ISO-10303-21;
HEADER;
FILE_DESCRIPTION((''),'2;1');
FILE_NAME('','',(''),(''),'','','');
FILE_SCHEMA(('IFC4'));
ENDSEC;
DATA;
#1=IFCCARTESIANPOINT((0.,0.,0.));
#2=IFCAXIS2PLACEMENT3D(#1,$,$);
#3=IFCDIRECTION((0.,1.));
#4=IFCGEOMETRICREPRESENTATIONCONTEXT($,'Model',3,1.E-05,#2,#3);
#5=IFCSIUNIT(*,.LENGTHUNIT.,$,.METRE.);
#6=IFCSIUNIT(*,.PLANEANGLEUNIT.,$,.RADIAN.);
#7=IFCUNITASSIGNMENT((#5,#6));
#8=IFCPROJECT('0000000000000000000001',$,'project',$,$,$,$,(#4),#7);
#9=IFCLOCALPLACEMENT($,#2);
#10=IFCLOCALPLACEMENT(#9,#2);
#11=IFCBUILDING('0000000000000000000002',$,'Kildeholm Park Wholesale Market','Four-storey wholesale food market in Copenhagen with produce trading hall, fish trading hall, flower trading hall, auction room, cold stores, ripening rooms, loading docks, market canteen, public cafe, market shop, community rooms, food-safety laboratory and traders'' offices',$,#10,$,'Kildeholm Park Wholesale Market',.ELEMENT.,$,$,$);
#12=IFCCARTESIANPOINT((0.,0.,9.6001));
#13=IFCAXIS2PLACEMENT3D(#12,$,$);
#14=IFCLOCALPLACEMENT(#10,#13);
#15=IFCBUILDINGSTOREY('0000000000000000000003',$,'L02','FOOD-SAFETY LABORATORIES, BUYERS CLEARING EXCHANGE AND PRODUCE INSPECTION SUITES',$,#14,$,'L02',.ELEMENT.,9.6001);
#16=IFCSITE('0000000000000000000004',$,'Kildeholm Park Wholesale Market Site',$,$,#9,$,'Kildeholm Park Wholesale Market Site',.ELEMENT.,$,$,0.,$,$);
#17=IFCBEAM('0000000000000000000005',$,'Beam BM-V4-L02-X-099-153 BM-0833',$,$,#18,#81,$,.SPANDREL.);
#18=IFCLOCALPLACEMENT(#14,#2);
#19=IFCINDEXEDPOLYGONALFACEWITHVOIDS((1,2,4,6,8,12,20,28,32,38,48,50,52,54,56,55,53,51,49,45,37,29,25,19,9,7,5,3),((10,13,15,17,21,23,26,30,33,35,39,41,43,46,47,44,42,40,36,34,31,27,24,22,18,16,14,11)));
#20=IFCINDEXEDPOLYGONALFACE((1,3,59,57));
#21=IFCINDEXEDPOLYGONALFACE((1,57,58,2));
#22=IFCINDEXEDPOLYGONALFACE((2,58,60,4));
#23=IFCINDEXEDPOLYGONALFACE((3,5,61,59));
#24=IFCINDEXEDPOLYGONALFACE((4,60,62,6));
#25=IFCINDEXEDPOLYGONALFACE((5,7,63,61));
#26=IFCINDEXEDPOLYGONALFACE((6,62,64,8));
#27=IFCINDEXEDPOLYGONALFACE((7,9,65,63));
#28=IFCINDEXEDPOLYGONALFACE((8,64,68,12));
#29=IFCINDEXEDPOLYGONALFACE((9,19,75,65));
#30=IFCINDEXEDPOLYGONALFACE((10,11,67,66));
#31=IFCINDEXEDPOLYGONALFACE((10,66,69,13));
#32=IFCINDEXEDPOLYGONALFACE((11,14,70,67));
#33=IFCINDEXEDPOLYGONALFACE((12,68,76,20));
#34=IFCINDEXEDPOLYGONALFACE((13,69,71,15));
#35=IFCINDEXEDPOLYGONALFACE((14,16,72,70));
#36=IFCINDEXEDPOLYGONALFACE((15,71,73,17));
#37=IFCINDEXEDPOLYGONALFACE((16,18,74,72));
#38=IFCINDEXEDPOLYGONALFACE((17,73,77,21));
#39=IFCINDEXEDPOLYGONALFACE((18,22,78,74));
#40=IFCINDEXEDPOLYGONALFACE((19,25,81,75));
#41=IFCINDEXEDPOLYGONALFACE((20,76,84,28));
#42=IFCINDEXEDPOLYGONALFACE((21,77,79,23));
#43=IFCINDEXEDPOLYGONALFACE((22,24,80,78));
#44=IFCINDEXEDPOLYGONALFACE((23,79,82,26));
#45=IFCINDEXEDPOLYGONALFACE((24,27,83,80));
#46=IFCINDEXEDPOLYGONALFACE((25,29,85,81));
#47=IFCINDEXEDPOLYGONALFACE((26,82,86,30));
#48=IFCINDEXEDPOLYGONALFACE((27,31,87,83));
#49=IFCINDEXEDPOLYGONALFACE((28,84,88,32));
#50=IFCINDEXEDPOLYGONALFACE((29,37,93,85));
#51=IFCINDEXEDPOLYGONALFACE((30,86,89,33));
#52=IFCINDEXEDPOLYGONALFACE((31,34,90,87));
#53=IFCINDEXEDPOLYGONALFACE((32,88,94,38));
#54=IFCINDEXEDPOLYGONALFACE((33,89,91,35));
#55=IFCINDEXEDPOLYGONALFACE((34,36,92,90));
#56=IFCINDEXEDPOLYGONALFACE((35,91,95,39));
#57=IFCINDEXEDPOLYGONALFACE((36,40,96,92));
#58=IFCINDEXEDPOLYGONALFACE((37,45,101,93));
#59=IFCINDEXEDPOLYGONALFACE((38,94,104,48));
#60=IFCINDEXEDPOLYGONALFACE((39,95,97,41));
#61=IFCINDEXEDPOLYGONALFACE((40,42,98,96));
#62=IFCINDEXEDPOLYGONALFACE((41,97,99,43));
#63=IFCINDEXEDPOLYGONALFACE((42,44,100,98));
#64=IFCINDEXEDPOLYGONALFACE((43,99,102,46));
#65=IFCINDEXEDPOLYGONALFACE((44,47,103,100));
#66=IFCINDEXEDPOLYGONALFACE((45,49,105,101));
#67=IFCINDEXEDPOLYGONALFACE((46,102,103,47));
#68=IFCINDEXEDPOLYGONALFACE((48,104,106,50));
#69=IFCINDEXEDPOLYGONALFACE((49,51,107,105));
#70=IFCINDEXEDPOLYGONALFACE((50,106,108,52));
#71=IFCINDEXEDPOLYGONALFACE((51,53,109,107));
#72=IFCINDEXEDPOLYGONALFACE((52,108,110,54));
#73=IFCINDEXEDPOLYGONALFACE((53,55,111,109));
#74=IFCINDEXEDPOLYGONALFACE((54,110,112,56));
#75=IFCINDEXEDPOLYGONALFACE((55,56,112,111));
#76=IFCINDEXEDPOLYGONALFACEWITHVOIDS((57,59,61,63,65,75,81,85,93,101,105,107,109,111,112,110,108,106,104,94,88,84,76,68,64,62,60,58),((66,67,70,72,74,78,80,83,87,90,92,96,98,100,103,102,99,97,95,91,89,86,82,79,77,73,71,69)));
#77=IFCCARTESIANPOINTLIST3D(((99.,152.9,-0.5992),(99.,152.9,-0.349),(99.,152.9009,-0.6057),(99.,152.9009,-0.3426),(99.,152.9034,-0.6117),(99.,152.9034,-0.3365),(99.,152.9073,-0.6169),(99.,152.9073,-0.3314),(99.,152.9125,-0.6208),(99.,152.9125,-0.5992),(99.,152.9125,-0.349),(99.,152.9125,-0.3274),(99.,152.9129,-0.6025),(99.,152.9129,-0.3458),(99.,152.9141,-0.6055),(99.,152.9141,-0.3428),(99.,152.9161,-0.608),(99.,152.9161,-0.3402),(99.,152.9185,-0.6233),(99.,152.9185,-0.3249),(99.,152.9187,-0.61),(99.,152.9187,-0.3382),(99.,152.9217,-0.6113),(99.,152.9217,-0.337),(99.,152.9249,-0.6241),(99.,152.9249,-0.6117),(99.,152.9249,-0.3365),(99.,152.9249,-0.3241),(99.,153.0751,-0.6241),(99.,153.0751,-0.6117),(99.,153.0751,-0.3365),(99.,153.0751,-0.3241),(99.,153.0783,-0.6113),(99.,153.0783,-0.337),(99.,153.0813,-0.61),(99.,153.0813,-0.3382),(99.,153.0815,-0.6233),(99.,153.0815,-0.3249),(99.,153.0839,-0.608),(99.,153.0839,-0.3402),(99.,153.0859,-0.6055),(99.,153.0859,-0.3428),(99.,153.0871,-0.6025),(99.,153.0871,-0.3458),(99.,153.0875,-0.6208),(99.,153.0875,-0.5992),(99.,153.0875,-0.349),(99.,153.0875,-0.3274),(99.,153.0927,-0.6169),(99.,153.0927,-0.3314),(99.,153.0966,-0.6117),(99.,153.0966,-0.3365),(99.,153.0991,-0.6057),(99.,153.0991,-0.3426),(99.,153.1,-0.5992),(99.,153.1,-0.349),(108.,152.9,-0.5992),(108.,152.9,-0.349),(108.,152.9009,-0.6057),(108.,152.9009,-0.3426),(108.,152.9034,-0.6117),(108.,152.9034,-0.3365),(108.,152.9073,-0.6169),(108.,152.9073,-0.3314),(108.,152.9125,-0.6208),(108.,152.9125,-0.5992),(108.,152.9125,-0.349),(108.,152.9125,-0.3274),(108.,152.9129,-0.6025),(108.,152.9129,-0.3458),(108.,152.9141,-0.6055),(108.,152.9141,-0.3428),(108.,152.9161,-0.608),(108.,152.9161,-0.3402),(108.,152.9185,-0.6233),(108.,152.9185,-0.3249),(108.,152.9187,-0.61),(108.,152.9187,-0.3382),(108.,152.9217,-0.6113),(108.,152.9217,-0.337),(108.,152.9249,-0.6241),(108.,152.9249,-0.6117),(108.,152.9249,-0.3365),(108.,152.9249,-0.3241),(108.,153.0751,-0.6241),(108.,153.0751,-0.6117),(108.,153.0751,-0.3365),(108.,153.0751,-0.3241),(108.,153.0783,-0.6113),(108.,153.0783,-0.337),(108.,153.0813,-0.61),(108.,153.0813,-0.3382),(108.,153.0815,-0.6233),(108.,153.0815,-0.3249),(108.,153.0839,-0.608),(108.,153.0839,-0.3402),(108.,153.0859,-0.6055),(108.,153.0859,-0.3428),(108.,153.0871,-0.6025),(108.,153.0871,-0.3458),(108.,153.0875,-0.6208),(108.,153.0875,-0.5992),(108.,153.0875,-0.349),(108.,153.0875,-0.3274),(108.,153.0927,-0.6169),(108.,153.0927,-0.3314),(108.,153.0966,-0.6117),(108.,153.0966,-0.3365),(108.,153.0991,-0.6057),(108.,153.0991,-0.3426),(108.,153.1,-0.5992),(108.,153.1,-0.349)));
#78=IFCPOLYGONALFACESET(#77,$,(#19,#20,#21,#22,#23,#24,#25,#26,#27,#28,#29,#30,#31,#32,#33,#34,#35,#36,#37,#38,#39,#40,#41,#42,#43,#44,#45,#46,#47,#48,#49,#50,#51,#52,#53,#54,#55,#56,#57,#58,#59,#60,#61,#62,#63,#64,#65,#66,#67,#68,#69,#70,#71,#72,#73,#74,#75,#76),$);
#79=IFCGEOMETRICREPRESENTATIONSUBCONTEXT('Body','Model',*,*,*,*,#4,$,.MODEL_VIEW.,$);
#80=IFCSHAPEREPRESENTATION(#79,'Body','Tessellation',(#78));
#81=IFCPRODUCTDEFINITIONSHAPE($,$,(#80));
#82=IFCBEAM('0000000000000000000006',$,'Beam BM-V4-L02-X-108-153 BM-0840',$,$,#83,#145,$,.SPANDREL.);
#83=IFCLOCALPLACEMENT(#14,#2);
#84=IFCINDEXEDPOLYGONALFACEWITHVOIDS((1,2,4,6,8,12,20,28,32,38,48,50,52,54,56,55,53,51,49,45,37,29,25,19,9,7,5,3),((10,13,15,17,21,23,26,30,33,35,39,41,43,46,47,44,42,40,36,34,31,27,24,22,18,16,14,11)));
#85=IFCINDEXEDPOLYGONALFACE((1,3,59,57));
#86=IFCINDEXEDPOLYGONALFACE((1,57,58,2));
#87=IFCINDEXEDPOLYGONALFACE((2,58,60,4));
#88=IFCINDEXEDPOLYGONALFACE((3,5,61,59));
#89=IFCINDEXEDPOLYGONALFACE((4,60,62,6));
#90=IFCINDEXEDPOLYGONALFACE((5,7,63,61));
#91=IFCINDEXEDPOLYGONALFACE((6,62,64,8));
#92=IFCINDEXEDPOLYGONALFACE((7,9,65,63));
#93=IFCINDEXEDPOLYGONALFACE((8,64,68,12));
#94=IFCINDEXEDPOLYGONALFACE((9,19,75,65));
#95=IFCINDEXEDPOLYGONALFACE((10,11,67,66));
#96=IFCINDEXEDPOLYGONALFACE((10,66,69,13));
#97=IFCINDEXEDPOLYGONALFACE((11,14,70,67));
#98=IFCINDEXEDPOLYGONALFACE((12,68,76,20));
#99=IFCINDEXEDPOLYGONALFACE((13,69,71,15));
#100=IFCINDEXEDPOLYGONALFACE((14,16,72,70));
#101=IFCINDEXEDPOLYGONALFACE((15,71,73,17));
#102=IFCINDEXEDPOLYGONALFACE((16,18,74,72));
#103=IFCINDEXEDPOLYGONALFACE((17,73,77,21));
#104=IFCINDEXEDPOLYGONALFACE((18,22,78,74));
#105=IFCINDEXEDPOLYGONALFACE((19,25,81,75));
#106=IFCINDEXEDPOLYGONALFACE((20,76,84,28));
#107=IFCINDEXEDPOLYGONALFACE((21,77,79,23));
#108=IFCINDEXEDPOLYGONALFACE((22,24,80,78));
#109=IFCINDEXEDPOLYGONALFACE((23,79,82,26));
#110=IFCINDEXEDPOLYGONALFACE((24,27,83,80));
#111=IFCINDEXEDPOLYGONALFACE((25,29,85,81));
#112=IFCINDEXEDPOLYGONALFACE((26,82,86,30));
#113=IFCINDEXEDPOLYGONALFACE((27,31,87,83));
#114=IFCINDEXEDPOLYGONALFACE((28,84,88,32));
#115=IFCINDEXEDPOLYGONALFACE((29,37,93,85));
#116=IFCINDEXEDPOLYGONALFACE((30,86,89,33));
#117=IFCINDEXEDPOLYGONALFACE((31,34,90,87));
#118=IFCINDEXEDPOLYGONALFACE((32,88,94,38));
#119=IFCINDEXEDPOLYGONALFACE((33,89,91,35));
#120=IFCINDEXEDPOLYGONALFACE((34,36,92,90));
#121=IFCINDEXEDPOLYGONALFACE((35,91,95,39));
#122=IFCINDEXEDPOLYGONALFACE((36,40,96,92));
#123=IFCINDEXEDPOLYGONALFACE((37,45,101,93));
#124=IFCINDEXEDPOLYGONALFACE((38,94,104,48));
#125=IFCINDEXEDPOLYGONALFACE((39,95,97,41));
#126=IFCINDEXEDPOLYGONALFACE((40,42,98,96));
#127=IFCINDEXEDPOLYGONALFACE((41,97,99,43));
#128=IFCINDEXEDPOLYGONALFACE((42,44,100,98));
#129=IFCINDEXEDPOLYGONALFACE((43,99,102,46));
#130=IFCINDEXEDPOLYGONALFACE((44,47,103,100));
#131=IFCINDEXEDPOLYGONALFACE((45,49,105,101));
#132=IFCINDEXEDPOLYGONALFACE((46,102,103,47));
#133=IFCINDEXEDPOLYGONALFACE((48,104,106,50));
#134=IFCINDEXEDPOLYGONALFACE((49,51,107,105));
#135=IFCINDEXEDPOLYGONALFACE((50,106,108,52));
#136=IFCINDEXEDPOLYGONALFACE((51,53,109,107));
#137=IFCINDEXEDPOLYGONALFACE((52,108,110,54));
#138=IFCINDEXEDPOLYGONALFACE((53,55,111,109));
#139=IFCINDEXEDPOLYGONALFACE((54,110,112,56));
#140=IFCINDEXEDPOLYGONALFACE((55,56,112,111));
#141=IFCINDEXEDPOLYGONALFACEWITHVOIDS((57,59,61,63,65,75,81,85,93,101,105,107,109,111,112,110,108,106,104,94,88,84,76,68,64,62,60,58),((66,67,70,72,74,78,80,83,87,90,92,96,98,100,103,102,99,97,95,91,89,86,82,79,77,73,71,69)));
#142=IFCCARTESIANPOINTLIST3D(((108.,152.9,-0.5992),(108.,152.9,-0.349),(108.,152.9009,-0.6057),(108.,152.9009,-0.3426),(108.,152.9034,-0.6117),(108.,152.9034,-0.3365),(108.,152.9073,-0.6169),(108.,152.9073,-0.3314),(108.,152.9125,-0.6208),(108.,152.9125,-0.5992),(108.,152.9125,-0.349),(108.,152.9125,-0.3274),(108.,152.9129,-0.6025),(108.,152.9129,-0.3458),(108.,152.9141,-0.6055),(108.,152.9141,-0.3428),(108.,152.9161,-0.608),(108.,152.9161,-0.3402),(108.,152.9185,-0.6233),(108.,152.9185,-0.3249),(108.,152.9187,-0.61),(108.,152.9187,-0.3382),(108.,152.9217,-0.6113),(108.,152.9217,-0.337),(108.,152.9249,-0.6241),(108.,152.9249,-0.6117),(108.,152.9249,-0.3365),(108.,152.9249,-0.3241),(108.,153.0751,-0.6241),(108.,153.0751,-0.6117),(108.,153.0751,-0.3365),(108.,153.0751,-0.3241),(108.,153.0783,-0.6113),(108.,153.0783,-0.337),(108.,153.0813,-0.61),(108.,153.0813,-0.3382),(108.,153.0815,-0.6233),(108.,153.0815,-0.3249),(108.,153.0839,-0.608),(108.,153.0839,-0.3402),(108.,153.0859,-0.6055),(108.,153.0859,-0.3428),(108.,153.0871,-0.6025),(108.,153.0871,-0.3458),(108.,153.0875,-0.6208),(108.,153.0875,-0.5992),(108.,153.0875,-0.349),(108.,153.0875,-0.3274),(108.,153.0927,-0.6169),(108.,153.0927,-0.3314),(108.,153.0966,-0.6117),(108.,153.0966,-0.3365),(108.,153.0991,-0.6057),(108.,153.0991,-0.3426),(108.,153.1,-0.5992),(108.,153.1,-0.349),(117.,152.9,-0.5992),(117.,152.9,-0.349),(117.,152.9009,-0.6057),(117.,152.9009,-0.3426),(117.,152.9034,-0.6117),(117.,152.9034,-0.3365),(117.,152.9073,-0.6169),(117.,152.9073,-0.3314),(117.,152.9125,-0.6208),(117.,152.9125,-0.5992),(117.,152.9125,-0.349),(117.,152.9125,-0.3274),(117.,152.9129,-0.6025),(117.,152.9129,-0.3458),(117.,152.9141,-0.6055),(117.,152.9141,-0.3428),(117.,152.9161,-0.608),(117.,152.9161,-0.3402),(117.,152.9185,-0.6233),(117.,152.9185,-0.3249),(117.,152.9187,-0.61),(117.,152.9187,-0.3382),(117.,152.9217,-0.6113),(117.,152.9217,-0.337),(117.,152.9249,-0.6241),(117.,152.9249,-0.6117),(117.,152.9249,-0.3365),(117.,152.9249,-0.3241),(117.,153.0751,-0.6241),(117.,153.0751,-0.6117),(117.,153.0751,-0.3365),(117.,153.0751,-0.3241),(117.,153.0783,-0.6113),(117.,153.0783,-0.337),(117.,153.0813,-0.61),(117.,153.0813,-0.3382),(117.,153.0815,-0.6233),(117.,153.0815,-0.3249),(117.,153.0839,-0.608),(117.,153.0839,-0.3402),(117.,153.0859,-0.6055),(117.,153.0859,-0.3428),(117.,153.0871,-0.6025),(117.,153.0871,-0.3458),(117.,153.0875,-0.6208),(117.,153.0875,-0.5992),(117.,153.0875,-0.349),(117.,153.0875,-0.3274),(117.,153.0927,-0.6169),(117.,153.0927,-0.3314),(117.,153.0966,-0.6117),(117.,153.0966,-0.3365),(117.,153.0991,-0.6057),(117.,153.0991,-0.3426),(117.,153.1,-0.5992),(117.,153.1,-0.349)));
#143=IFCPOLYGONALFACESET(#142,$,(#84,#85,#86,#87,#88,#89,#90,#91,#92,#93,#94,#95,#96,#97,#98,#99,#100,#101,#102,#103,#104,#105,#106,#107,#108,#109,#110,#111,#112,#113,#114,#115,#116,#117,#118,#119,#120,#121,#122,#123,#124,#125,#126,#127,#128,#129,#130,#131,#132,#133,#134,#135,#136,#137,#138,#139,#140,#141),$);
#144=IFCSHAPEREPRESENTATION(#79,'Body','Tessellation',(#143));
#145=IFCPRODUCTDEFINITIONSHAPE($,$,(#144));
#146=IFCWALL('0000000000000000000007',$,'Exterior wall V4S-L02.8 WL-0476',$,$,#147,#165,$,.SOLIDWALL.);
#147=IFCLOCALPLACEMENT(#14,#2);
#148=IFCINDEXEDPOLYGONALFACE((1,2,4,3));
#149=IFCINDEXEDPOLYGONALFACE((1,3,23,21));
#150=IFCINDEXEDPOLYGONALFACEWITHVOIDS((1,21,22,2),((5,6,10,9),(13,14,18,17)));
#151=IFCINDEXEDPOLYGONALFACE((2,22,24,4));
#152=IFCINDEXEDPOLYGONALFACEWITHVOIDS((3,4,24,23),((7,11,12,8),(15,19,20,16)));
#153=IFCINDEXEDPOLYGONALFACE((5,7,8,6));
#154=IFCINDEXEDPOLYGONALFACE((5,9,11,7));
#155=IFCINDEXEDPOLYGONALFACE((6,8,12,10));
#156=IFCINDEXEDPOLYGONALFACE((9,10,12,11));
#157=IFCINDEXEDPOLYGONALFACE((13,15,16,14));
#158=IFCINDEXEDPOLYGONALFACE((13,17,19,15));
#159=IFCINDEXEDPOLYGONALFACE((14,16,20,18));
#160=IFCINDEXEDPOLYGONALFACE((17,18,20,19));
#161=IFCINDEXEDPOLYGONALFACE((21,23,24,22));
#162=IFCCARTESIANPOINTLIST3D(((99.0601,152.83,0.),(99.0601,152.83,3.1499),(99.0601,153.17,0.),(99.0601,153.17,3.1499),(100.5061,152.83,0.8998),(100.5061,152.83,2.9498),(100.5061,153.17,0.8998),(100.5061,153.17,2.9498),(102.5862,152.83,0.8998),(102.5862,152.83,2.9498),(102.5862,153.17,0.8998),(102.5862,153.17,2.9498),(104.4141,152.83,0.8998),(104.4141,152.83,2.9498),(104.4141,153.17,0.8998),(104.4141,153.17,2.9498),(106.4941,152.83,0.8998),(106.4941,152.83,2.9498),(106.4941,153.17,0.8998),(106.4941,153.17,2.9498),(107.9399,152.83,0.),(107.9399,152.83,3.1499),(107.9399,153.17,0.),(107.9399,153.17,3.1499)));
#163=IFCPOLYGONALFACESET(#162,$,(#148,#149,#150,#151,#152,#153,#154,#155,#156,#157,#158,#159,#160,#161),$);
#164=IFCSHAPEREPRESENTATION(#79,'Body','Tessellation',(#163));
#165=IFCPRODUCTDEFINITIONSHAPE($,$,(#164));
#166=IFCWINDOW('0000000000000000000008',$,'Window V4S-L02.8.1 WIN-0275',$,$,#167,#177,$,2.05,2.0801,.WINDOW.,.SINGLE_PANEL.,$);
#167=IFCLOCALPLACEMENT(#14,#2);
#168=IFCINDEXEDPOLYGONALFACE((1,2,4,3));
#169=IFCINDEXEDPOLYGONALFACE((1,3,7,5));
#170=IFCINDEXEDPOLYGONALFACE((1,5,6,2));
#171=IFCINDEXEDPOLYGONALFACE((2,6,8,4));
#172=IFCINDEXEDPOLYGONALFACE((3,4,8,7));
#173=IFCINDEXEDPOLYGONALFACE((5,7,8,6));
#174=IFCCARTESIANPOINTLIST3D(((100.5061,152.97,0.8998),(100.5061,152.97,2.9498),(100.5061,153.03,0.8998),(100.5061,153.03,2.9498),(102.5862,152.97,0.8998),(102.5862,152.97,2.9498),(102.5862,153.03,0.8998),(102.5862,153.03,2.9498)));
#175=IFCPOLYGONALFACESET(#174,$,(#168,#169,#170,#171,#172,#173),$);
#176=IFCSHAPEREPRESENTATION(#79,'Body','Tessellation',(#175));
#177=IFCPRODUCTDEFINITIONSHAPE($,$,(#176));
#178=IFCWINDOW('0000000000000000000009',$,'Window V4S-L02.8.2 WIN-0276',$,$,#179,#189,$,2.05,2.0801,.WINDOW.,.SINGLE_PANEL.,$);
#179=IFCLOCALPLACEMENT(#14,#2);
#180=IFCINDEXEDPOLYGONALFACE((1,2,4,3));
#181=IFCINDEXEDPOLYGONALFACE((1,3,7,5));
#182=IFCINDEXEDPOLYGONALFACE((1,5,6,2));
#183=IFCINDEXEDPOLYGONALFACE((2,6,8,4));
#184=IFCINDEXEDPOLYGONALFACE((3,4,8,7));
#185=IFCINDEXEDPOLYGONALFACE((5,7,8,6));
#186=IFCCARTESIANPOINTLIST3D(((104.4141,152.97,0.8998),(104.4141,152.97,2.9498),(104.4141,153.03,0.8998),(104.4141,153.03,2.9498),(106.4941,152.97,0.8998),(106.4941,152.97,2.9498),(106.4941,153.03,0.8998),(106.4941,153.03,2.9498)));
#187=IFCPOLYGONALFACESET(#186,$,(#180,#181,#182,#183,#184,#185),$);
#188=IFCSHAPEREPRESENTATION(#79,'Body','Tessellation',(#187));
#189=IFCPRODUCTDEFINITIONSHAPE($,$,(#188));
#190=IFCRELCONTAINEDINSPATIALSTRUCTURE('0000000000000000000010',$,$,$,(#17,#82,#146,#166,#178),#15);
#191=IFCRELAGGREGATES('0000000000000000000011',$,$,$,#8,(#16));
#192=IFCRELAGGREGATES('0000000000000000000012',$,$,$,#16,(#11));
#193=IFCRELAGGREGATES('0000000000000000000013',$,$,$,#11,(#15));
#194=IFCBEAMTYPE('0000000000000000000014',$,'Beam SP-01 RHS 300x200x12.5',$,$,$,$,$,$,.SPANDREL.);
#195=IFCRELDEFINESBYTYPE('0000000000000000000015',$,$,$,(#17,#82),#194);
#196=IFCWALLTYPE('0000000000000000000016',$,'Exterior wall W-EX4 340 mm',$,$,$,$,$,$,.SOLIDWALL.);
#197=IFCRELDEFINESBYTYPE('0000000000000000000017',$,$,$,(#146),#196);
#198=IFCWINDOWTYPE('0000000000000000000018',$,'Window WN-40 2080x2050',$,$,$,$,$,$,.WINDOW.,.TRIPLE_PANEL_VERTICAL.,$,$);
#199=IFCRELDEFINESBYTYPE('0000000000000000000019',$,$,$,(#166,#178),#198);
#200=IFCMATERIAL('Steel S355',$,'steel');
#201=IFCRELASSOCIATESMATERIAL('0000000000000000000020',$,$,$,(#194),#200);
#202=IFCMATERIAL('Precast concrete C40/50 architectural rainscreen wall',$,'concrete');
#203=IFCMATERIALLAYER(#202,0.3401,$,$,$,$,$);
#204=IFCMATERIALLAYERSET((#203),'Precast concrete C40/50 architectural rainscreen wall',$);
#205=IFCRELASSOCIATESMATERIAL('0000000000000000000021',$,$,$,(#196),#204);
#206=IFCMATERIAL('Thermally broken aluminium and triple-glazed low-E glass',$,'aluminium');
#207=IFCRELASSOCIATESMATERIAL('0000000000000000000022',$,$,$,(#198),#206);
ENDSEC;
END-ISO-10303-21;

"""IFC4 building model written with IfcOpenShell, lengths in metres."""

from ifc_helpers import new_model, si_unit, direction, frame, frame_2d, origin, origin_2d, place, context, subcontext, project, spatial, rectangle, hollow_rectangle, extrude, material, layer, layer_set, material_profile, profile_set, type_object, element, fill, save


model = new_model("IFC4")

# Units and contexts
model_context = context("Model", 3, precision=1e-05, world=origin(), true_north=direction((0.0, 1.0)))
body_context = subcontext(model_context, "Body", "Model", "MODEL_VIEW")
ifc_project = project(units=[si_unit("LENGTHUNIT", "METRE"), si_unit("PLANEANGLEUNIT", "RADIAN")], contexts=[model_context])

# Site, building, storey
site_placement = place(None, origin())
site = spatial("IfcSite", under=ifc_project, at=site_placement, Name="Kildeholm Park Wholesale Market Site", LongName="Kildeholm Park Wholesale Market Site", CompositionType="ELEMENT", RefElevation=0.0)
building_placement = place(site_placement, origin())
building = spatial("IfcBuilding", under=site, at=building_placement, Name="Kildeholm Park Wholesale Market", Description="Four-storey wholesale food market in Copenhagen with produce trading hall, fish trading hall, flower trading hall, auction room, cold stores, ripening rooms, loading docks, market canteen, public cafe, market shop, community rooms, food-safety laboratory and traders' offices", LongName="Kildeholm Park Wholesale Market", CompositionType="ELEMENT")
storey_placement = place(building_placement, frame((0.0, 0.0, 9.6001)))
storey = spatial("IfcBuildingStorey", under=building, at=storey_placement, Name="L02", Description="FOOD-SAFETY LABORATORIES, BUYERS CLEARING EXCHANGE AND PRODUCE INSPECTION SUITES", LongName="L02", CompositionType="ELEMENT", Elevation=9.6001)

# Beams
ifc_material_1 = material(Name="Steel S355", Category="steel")
ifc_material_profile_1 = material_profile(ifc_material_1, hollow_rectangle(XDim=0.2, YDim=0.3, WallThickness=0.0125, InnerFilletRadius=0.0125, OuterFilletRadius=0.0249, at=origin_2d()), Name="RHS 300x200x12.5")
ifc_profile_set_1 = profile_set([ifc_material_profile_1], Name="Steel S355")
beam_type_1 = type_object("IfcBeamType", Name="Beam SP-01 RHS 300x200x12.5", PredefinedType="SPANDREL", material=ifc_profile_set_1)
for number, where, z_axis, x_axis, name in (
    (1, (99.0, 153.0, -0.4741), (1.0, 0.0, 0.0), (0.0, 1.0, 0.0), "Beam BM-V4-L02-X-099-153 BM-0833"),
    (2, (108.0, 153.0, -0.4741), (1.0, 0.0, 0.0), (0.0, 1.0, 0.0), "Beam BM-V4-L02-X-108-153 BM-0840"),
):
    element("IfcBeam", number, at=place(storey_placement, frame(where, z_axis=z_axis, x_axis=x_axis)), inside=storey, type_object=beam_type_1, Name=name, PredefinedType="SPANDREL", context=body_context, shape_type="SweptSolid", body=[
        extrude(hollow_rectangle(XDim=0.2, YDim=0.3, WallThickness=0.0125, InnerFilletRadius=0.0125, OuterFilletRadius=0.0249, at=origin_2d()), origin(), (0.0, 0.0, 1.0), 9.0),
    ])

# Wall, openings, windows
ifc_material_2 = material(Name="Precast concrete C40/50 architectural rainscreen wall", Category="concrete")
ifc_layer_1 = layer(ifc_material_2, 0.3401)
ifc_layer_set_1 = layer_set([ifc_layer_1], Name="Precast concrete C40/50 architectural rainscreen wall")
wall_type_1 = type_object("IfcWallType", Name="Exterior wall W-EX4 340 mm", PredefinedType="SOLIDWALL", material=ifc_layer_set_1)
wall_1_placement = place(storey_placement, frame((99.0601, 153.0, 0.0), z_axis=(0.0, 0.0, 1.0), x_axis=(1.0, 0.0, 0.0)))
wall_1 = element("IfcWall", 3, at=wall_1_placement, inside=storey, type_object=wall_type_1, Name="Exterior wall V4S-L02.8 WL-0476", PredefinedType="SOLIDWALL", context=body_context, shape_type="SweptSolid", body=[
    extrude(rectangle(XDim=8.8799, YDim=0.3401, at=frame_2d((4.4399, 0.0))), origin(), (0.0, 0.0, 1.0), 3.1499),
])
opening_1_placement = place(wall_1_placement, frame((1.446, 0.0, 0.8999)))
opening_1 = element("IfcOpeningElement", 4, at=opening_1_placement, cuts=wall_1, PredefinedType="OPENING", context=body_context, shape_type="SweptSolid", body=[
    extrude(rectangle(XDim=2.0801, YDim=2.05, at=frame_2d((1.04, 1.0249))), frame((0.0, 0.1799, 0.0), z_axis=(0.0, -1.0, 0.0), x_axis=(1.0, 0.0, 0.0)), (0.0, 0.0, 1.0), 0.3601),
])
opening_2_placement = place(wall_1_placement, frame((5.354, 0.0, 0.8999)))
opening_2 = element("IfcOpeningElement", 5, at=opening_2_placement, cuts=wall_1, PredefinedType="OPENING", context=body_context, shape_type="SweptSolid", body=[
    extrude(rectangle(XDim=2.0801, YDim=2.05, at=frame_2d((1.04, 1.0249))), frame((0.0, 0.1799, 0.0), z_axis=(0.0, -1.0, 0.0), x_axis=(1.0, 0.0, 0.0)), (0.0, 0.0, 1.0), 0.3601),
])
ifc_material_3 = material(Name="Thermally broken aluminium and triple-glazed low-E glass", Category="aluminium")
window_type_1 = type_object("IfcWindowType", Name="Window WN-40 2080x2050", PartitioningType="TRIPLE_PANEL_VERTICAL", PredefinedType="WINDOW", material=ifc_material_3)
window_1_placement = place(opening_1_placement, origin())
window_1 = element("IfcWindow", 6, at=window_1_placement, inside=storey, type_object=window_type_1, Name="Window V4S-L02.8.1 WIN-0275", OverallHeight=2.05, OverallWidth=2.0801, PartitioningType="SINGLE_PANEL", PredefinedType="WINDOW", context=body_context, shape_type="SweptSolid", body=[
    extrude(rectangle(XDim=2.0801, YDim=2.05, at=frame_2d((1.04, 1.0249))), frame((0.0, 0.03, 0.0), z_axis=(0.0, -1.0, 0.0), x_axis=(1.0, 0.0, 0.0)), (0.0, 0.0, 1.0), 0.0601),
])
fill(opening_1, window_1)
window_2_placement = place(opening_2_placement, origin())
window_2 = element("IfcWindow", 7, at=window_2_placement, inside=storey, type_object=window_type_1, Name="Window V4S-L02.8.2 WIN-0276", OverallHeight=2.05, OverallWidth=2.0801, PartitioningType="SINGLE_PANEL", PredefinedType="WINDOW", context=body_context, shape_type="SweptSolid", body=[
    extrude(rectangle(XDim=2.0801, YDim=2.05, at=frame_2d((1.04, 1.0249))), frame((0.0, 0.03, 0.0), z_axis=(0.0, -1.0, 0.0), x_axis=(1.0, 0.0, 0.0)), (0.0, 0.0, 1.0), 0.0601),
])
fill(opening_2, window_2)

save(model, "model.ifc")
